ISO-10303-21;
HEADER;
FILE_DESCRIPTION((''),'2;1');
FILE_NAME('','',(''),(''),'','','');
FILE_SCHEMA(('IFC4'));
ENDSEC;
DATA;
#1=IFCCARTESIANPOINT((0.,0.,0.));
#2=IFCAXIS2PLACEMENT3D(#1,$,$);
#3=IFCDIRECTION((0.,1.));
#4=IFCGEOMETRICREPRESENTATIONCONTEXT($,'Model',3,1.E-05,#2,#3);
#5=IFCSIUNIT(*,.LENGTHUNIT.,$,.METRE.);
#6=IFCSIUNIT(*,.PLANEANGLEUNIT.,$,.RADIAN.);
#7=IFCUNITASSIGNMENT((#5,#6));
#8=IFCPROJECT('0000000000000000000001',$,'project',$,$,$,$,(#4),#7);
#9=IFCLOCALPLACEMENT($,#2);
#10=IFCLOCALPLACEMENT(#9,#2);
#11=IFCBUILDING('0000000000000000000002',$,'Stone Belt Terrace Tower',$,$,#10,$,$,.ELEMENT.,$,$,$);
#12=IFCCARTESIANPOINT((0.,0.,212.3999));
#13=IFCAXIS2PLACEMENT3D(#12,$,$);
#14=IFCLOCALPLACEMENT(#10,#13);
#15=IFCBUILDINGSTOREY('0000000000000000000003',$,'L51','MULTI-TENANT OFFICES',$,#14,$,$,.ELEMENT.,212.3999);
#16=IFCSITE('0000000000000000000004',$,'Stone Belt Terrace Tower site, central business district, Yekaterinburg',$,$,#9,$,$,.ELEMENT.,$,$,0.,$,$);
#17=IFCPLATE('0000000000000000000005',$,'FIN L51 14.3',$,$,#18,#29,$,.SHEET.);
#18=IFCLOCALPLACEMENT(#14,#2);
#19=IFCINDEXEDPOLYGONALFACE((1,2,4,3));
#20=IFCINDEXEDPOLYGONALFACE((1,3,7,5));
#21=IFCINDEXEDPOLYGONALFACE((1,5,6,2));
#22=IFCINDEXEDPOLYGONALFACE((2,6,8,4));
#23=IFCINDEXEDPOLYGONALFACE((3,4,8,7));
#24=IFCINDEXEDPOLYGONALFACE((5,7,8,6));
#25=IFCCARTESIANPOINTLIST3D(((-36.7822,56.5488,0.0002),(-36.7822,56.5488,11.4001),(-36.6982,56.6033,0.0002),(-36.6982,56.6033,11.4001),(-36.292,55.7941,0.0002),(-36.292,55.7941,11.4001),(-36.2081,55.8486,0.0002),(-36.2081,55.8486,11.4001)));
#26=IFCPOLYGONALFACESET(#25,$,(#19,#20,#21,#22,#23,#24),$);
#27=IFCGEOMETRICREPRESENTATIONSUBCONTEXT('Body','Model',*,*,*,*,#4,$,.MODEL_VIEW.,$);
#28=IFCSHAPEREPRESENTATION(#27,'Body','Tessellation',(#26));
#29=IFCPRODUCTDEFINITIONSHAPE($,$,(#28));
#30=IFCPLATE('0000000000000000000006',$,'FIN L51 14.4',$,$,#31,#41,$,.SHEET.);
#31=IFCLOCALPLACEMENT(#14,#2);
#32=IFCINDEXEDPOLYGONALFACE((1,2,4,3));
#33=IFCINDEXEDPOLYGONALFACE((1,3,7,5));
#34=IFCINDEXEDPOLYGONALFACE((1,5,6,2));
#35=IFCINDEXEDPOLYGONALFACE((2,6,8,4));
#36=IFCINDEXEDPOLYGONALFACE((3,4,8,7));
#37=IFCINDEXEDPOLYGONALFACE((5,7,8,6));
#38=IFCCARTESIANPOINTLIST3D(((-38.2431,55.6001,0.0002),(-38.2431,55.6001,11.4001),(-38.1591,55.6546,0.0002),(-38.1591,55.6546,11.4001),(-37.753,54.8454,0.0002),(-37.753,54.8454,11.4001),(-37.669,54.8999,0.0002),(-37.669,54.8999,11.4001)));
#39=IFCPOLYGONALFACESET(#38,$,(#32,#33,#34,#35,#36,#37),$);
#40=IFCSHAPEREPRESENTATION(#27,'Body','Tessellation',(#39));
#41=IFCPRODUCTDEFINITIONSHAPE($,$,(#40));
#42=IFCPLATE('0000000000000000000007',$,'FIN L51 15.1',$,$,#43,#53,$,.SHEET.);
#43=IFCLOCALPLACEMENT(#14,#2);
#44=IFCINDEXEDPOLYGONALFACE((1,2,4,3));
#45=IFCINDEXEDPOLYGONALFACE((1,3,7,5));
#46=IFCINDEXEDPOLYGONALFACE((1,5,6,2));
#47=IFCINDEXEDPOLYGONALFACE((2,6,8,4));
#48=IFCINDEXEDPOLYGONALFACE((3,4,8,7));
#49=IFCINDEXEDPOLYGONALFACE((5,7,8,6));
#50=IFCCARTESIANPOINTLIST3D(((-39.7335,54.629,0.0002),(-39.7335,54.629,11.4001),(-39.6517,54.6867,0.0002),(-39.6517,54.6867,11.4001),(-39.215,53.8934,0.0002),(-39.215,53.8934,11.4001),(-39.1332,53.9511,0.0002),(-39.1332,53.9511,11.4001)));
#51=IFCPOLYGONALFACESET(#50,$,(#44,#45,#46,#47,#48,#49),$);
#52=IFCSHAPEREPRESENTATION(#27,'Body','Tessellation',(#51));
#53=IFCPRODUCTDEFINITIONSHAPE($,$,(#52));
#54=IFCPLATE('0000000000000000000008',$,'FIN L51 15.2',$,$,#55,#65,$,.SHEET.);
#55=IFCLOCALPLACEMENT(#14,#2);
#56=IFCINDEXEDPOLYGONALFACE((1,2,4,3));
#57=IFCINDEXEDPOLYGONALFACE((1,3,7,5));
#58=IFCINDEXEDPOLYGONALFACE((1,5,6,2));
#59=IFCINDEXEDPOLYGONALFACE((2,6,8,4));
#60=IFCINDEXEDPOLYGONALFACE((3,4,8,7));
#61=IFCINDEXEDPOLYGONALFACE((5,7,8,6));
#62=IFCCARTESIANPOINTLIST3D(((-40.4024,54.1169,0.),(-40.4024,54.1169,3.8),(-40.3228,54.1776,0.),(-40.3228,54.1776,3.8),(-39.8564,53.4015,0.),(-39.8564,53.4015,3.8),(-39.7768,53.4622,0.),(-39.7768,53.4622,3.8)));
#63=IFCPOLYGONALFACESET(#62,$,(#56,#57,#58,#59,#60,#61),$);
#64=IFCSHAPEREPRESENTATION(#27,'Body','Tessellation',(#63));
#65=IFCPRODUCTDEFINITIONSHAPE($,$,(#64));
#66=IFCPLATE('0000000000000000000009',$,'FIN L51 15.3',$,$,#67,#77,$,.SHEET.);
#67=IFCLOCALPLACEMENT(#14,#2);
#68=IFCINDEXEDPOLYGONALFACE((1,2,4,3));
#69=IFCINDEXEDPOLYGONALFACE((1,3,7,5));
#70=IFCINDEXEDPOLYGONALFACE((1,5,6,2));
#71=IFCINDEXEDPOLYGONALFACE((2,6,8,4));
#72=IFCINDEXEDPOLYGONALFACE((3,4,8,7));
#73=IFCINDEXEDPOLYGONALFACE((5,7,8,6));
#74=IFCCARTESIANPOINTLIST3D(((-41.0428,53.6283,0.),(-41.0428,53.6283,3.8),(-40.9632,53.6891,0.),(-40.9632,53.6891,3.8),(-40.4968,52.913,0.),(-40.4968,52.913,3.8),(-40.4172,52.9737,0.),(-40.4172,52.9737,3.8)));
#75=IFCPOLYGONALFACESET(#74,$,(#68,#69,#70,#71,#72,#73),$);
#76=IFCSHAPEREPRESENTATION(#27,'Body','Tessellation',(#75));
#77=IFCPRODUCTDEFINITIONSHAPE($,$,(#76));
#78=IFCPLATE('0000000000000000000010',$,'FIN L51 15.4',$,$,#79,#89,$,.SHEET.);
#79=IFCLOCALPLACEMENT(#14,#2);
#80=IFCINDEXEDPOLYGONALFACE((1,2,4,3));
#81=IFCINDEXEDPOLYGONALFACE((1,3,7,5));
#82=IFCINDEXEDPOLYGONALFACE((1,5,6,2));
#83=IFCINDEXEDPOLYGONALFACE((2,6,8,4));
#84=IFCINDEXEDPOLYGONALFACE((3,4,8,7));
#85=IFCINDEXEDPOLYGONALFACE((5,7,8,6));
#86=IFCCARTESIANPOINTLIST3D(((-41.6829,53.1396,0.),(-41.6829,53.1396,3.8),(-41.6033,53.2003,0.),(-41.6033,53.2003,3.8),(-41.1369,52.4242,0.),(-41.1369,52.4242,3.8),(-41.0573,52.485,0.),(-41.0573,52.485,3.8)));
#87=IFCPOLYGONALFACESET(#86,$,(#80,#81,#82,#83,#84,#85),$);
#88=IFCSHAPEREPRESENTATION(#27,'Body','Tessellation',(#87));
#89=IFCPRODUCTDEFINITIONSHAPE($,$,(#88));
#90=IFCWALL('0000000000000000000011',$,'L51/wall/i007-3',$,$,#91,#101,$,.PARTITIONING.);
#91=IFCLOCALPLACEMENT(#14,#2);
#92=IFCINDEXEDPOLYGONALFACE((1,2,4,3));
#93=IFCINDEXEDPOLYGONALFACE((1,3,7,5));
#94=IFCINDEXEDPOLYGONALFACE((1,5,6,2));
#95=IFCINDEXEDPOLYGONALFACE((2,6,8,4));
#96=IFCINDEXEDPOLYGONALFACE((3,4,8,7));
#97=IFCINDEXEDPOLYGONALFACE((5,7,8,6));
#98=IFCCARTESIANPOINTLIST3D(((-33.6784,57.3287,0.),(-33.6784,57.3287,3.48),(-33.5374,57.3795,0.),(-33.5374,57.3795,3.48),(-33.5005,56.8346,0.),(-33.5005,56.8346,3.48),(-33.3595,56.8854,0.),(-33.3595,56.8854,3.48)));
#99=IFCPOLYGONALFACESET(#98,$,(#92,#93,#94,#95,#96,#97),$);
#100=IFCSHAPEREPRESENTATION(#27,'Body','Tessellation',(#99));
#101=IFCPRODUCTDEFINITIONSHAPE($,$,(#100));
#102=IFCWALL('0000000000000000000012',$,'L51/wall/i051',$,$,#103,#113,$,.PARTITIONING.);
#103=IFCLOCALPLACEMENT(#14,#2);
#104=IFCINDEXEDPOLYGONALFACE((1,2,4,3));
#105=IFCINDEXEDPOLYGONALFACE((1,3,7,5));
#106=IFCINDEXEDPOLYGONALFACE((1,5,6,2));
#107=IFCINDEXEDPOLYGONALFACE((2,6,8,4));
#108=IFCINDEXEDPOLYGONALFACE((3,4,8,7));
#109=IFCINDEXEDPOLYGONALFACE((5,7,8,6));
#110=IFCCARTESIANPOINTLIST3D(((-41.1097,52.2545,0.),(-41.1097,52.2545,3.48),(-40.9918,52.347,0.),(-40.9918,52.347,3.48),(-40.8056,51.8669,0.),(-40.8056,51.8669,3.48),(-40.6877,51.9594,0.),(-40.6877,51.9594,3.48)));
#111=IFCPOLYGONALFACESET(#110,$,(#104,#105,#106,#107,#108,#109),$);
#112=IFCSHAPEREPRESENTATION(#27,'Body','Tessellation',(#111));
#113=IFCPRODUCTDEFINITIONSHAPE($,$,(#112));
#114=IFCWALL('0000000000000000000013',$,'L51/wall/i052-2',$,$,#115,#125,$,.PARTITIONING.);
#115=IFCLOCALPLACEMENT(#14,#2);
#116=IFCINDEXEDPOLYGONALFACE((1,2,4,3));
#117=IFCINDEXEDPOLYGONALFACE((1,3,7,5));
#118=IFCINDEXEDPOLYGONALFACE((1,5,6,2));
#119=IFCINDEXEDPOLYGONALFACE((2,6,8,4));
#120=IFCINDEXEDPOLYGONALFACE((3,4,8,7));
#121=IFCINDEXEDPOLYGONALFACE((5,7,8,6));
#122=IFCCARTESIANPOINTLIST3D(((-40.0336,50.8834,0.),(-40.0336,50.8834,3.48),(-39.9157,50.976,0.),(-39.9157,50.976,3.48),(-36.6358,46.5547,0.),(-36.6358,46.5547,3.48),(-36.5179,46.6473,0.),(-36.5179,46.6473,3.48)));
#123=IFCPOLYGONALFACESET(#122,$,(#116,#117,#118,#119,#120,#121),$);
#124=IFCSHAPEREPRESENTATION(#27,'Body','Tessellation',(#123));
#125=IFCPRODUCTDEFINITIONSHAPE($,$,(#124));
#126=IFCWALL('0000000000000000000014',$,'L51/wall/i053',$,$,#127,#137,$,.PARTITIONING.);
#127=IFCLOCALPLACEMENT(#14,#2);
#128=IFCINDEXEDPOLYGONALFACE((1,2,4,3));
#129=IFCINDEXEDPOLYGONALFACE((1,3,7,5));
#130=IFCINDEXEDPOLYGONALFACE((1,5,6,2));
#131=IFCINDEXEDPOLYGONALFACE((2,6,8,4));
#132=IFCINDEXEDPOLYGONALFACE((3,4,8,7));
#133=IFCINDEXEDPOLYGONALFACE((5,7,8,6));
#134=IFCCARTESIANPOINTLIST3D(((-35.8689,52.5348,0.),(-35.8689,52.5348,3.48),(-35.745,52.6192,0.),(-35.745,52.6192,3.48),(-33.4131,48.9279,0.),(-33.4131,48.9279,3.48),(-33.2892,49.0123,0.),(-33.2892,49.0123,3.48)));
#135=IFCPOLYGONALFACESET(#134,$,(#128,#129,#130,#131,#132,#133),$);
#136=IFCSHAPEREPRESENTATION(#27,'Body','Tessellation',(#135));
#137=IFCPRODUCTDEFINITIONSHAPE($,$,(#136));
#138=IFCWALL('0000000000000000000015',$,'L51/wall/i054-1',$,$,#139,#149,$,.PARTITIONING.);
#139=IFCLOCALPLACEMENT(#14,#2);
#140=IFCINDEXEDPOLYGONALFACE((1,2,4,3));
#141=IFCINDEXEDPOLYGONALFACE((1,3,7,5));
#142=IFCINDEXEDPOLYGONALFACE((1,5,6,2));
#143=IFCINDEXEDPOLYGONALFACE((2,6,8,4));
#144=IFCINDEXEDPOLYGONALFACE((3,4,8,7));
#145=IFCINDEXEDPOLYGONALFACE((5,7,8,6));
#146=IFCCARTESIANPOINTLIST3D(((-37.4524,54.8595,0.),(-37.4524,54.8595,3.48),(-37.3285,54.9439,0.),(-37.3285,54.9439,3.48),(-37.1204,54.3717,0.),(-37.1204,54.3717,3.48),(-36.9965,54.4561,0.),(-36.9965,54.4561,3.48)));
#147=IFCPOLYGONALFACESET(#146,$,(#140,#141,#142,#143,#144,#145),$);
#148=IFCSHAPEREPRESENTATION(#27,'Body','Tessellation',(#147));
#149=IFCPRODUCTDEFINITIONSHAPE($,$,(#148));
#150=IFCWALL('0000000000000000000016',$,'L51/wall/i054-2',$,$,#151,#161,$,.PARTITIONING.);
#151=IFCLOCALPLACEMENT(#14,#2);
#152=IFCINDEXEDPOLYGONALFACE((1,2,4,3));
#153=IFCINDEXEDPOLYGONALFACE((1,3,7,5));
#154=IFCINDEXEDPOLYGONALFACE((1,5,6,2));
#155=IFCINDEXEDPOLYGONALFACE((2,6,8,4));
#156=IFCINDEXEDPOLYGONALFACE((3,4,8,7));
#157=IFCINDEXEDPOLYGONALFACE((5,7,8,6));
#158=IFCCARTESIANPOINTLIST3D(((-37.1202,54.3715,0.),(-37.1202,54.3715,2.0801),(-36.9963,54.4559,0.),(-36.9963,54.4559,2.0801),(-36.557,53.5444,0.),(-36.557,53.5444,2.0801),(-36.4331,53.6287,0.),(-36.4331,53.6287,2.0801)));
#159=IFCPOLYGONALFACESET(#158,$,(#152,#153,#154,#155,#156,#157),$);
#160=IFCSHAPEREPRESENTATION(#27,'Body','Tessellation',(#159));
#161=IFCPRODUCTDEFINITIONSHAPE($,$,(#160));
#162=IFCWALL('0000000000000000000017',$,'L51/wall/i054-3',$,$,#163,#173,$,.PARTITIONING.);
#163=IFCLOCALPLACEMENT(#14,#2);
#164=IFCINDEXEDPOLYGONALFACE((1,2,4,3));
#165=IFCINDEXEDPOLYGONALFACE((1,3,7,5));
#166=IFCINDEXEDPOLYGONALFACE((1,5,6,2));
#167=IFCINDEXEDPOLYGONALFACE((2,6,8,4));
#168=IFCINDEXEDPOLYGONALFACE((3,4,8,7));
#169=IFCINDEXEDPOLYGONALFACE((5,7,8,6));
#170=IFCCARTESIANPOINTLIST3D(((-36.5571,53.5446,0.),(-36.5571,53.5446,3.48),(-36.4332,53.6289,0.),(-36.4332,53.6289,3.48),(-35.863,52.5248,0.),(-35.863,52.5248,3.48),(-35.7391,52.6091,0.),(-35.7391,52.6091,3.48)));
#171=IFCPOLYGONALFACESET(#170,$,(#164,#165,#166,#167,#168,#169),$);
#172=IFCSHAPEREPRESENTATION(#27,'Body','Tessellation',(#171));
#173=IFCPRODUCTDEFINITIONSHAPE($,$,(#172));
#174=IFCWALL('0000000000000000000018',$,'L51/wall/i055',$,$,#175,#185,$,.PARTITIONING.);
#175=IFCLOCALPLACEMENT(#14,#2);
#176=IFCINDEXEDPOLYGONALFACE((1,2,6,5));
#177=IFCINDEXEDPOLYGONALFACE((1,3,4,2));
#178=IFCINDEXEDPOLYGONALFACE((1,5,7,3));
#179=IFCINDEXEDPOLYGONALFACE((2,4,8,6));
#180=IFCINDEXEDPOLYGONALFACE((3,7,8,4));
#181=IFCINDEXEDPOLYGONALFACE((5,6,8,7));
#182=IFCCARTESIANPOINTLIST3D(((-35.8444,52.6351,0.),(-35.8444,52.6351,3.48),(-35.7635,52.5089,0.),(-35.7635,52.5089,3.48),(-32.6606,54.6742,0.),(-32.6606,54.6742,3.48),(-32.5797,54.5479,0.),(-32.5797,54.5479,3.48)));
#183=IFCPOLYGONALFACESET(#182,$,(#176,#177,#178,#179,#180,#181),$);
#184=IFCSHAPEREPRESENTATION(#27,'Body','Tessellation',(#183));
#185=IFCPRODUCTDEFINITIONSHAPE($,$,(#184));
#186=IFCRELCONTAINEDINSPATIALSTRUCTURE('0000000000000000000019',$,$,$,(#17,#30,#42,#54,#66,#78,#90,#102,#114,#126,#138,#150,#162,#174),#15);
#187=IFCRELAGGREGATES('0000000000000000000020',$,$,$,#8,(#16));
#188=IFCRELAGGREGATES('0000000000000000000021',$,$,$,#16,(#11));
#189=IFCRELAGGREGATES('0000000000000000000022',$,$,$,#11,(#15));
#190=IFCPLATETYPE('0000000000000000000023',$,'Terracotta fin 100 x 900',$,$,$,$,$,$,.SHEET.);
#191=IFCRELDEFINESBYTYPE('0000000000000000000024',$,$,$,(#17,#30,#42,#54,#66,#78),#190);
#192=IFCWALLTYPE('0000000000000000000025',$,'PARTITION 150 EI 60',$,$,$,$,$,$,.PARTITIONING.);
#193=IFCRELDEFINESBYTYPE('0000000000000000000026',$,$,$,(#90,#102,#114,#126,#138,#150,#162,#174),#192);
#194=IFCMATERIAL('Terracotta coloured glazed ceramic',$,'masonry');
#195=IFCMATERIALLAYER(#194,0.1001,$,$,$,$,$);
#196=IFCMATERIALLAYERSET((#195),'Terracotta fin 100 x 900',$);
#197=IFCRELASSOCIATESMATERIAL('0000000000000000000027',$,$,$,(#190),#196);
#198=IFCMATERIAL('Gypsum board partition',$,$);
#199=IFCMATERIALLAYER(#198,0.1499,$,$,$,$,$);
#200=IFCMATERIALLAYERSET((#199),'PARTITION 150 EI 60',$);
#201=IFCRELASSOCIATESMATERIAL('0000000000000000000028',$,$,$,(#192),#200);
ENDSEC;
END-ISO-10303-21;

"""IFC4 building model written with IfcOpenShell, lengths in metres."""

from ifc_helpers import new_model, si_unit, direction, frame, frame_2d, origin, origin_2d, place, context, subcontext, project, spatial, rectangle, extrude, material, layer, layer_set, type_object, element, save


model = new_model("IFC4")

# Units and contexts
model_context = context("Model", 3, precision=1e-05, world=origin(), true_north=direction((0.0, 1.0)))
body_context = subcontext(model_context, "Body", "Model", "MODEL_VIEW")
ifc_project = project(units=[si_unit("LENGTHUNIT", "METRE"), si_unit("PLANEANGLEUNIT", "RADIAN")], contexts=[model_context])

# Site, building, storey
site_placement = place(None, origin())
site = spatial("IfcSite", under=ifc_project, at=site_placement, Name="Stone Belt Terrace Tower site, central business district, Yekaterinburg", CompositionType="ELEMENT", RefElevation=0.0)
building_placement = place(site_placement, origin())
building = spatial("IfcBuilding", under=site, at=building_placement, Name="Stone Belt Terrace Tower", CompositionType="ELEMENT")
storey_placement = place(building_placement, frame((0.0, 0.0, 212.3999)))
storey = spatial("IfcBuildingStorey", under=building, at=storey_placement, Name="L51", Description="MULTI-TENANT OFFICES", CompositionType="ELEMENT", Elevation=212.3999)

# Plates
ifc_material_1 = material(Name="Terracotta coloured glazed ceramic", Category="masonry")
ifc_layer_1 = layer(ifc_material_1, 0.1001)
ifc_layer_set_1 = layer_set([ifc_layer_1], Name="Terracotta fin 100 x 900")
plate_type_1 = type_object("IfcPlateType", Name="Terracotta fin 100 x 900", PredefinedType="SHEET", material=ifc_layer_set_1)
for number, where, z_axis, x_axis, name in (
    (1, (-36.4951, 56.1987, 0.0002), (0.0, 0.0, 1.0), (-0.544639, 0.838671, 0.0), "FIN L51 14.3"),
    (2, (-37.9561, 55.25, 0.0002), (0.0, 0.0, 1.0), (-0.544639, 0.838671, 0.0), "FIN L51 14.4"),
    (3, (-39.4333, 54.29, 0.0002), (0.0, 0.0, 1.0), (-0.576102, 0.817378, 0.0), "FIN L51 15.1"),
):
    element("IfcPlate", number, at=place(storey_placement, frame(where, z_axis=z_axis, x_axis=x_axis)), inside=storey, type_object=plate_type_1, Name=name, PredefinedType="SHEET", context=body_context, shape_type="SweptSolid", body=[
        extrude(rectangle(XDim=0.8999, YDim=0.1001, at=origin_2d()), origin(), (0.0, 0.0, 1.0), 11.3999),
    ])
for number, where, z_axis, x_axis, name in (
    (4, (-40.0896, 53.7896, 0.0), (0.0, 0.0, 1.0), (-0.606733, 0.794905, 0.0), "FIN L51 15.2"),
    (5, (-40.73, 53.301, 0.0), (0.0, 0.0, 1.0), (-0.606733, 0.794905, 0.0), "FIN L51 15.3"),
    (6, (-41.3701, 52.8123, 0.0), (0.0, 0.0, 1.0), (-0.606733, 0.794905, 0.0), "FIN L51 15.4"),
):
    element("IfcPlate", number, at=place(storey_placement, frame(where, z_axis=z_axis, x_axis=x_axis)), inside=storey, type_object=plate_type_1, Name=name, PredefinedType="SHEET", context=body_context, shape_type="SweptSolid", body=[
        extrude(rectangle(XDim=0.8999, YDim=0.1001, at=origin_2d()), origin(), (0.0, 0.0, 1.0), 3.8),
    ])

# Walls
ifc_material_2 = material(Name="Gypsum board partition")
ifc_layer_2 = layer(ifc_material_2, 0.1499)
ifc_layer_set_2 = layer_set([ifc_layer_2], Name="PARTITION 150 EI 60")
wall_type = type_object("IfcWallType", Name="PARTITION 150 EI 60", PredefinedType="PARTITIONING", material=ifc_layer_set_2)
wall_1_placement = place(storey_placement, frame((-33.4299, 56.8599, 0.0), z_axis=(0.0, 0.0, 1.0), x_axis=(-0.338868, 0.940834, 0.0)))
element("IfcWall", 7, at=wall_1_placement, inside=storey, type_object=wall_type, Name="L51/wall/i007-3", PredefinedType="PARTITIONING", context=body_context, shape_type="SweptSolid", body=[
    extrude(rectangle(XDim=0.5251, YDim=0.1499, at=frame_2d((0.2627, 0.0))), origin(), (0.0, 0.0, 1.0), 3.48),
])
wall_2_placement = place(storey_placement, frame((-41.0508, 52.3008, 0.0), z_axis=(0.0, 0.0, 1.0), x_axis=(0.617296, -0.786731, 0.0)))
element("IfcWall", 8, at=wall_2_placement, inside=storey, type_object=wall_type, Name="L51/wall/i051", PredefinedType="PARTITIONING", context=body_context, shape_type="SweptSolid", body=[
    extrude(rectangle(XDim=0.4927, YDim=0.1499, at=frame_2d((0.2463, 0.0))), origin(), (0.0, 0.0, 1.0), 3.48),
])
wall_3_placement = place(storey_placement, frame((-39.9746, 50.9297, 0.0), z_axis=(0.0, 0.0, 1.0), x_axis=(0.617445, -0.786614, 0.0)))
element("IfcWall", 9, at=wall_3_placement, inside=storey, type_object=wall_type, Name="L51/wall/i052-2", PredefinedType="PARTITIONING", context=body_context, shape_type="SweptSolid", body=[
    extrude(rectangle(XDim=5.5029, YDim=0.1499, at=frame_2d((2.7515, 0.0))), origin(), (0.0, 0.0, 1.0), 3.48),
])
wall_4_placement = place(storey_placement, frame((-35.8069, 52.5769, 0.0), z_axis=(0.0, 0.0, 1.0), x_axis=(0.562795, -0.826596, 0.0)))
element("IfcWall", 10, at=wall_4_placement, inside=storey, type_object=wall_type, Name="L51/wall/i053", PredefinedType="PARTITIONING", context=body_context, shape_type="SweptSolid", body=[
    extrude(rectangle(XDim=4.3635, YDim=0.1499, at=frame_2d((2.1816, 0.0))), origin(), (0.0, 0.0, 1.0), 3.48),
])
wall_5_placement = place(storey_placement, frame((-37.3904, 54.9016, 0.0), z_axis=(0.0, 0.0, 1.0), x_axis=(0.562695, -0.826665, 0.0)))
element("IfcWall", 11, at=wall_5_placement, inside=storey, type_object=wall_type, Name="L51/wall/i054-1", PredefinedType="PARTITIONING", context=body_context, shape_type="SweptSolid", body=[
    extrude(rectangle(XDim=0.5901, YDim=0.1499, at=frame_2d((0.2949, 0.0))), origin(), (0.0, 0.0, 1.0), 3.48),
])
wall_6_placement = place(storey_placement, frame((-37.0583, 54.4138, 0.0), z_axis=(0.0, 0.0, 1.0), x_axis=(0.562837, -0.826568, 0.0)))
element("IfcWall", 12, at=wall_6_placement, inside=storey, type_object=wall_type, Name="L51/wall/i054-2", PredefinedType="PARTITIONING", context=body_context, shape_type="SweptSolid", body=[
    extrude(rectangle(XDim=1.0007, YDim=0.1499, at=frame_2d((0.5005, 0.0))), origin(), (0.0, 0.0, 1.0), 2.0801),
])
wall_7_placement = place(storey_placement, frame((-36.4951, 53.5867, 0.0), z_axis=(0.0, 0.0, 1.0), x_axis=(0.562667, -0.826683, 0.0)))
element("IfcWall", 13, at=wall_7_placement, inside=storey, type_object=wall_type, Name="L51/wall/i054-3", PredefinedType="PARTITIONING", context=body_context, shape_type="SweptSolid", body=[
    extrude(rectangle(XDim=1.2336, YDim=0.1499, at=frame_2d((0.6167, 0.0))), origin(), (0.0, 0.0, 1.0), 3.48),
])
wall_8_placement = place(storey_placement, frame((-35.804, 52.572, 0.0), z_axis=(0.0, 0.0, 1.0), x_axis=(0.842102, 0.539318, 0.0)))
element("IfcWall", 14, at=wall_8_placement, inside=storey, type_object=wall_type, Name="L51/wall/i055", PredefinedType="PARTITIONING", context=body_context, shape_type="SweptSolid", body=[
    extrude(rectangle(XDim=3.7808, YDim=0.1499, at=frame_2d((1.8904, 0.0))), origin(), (0.0, 0.0, 1.0), 3.48),
])

save(model, "model.ifc")
